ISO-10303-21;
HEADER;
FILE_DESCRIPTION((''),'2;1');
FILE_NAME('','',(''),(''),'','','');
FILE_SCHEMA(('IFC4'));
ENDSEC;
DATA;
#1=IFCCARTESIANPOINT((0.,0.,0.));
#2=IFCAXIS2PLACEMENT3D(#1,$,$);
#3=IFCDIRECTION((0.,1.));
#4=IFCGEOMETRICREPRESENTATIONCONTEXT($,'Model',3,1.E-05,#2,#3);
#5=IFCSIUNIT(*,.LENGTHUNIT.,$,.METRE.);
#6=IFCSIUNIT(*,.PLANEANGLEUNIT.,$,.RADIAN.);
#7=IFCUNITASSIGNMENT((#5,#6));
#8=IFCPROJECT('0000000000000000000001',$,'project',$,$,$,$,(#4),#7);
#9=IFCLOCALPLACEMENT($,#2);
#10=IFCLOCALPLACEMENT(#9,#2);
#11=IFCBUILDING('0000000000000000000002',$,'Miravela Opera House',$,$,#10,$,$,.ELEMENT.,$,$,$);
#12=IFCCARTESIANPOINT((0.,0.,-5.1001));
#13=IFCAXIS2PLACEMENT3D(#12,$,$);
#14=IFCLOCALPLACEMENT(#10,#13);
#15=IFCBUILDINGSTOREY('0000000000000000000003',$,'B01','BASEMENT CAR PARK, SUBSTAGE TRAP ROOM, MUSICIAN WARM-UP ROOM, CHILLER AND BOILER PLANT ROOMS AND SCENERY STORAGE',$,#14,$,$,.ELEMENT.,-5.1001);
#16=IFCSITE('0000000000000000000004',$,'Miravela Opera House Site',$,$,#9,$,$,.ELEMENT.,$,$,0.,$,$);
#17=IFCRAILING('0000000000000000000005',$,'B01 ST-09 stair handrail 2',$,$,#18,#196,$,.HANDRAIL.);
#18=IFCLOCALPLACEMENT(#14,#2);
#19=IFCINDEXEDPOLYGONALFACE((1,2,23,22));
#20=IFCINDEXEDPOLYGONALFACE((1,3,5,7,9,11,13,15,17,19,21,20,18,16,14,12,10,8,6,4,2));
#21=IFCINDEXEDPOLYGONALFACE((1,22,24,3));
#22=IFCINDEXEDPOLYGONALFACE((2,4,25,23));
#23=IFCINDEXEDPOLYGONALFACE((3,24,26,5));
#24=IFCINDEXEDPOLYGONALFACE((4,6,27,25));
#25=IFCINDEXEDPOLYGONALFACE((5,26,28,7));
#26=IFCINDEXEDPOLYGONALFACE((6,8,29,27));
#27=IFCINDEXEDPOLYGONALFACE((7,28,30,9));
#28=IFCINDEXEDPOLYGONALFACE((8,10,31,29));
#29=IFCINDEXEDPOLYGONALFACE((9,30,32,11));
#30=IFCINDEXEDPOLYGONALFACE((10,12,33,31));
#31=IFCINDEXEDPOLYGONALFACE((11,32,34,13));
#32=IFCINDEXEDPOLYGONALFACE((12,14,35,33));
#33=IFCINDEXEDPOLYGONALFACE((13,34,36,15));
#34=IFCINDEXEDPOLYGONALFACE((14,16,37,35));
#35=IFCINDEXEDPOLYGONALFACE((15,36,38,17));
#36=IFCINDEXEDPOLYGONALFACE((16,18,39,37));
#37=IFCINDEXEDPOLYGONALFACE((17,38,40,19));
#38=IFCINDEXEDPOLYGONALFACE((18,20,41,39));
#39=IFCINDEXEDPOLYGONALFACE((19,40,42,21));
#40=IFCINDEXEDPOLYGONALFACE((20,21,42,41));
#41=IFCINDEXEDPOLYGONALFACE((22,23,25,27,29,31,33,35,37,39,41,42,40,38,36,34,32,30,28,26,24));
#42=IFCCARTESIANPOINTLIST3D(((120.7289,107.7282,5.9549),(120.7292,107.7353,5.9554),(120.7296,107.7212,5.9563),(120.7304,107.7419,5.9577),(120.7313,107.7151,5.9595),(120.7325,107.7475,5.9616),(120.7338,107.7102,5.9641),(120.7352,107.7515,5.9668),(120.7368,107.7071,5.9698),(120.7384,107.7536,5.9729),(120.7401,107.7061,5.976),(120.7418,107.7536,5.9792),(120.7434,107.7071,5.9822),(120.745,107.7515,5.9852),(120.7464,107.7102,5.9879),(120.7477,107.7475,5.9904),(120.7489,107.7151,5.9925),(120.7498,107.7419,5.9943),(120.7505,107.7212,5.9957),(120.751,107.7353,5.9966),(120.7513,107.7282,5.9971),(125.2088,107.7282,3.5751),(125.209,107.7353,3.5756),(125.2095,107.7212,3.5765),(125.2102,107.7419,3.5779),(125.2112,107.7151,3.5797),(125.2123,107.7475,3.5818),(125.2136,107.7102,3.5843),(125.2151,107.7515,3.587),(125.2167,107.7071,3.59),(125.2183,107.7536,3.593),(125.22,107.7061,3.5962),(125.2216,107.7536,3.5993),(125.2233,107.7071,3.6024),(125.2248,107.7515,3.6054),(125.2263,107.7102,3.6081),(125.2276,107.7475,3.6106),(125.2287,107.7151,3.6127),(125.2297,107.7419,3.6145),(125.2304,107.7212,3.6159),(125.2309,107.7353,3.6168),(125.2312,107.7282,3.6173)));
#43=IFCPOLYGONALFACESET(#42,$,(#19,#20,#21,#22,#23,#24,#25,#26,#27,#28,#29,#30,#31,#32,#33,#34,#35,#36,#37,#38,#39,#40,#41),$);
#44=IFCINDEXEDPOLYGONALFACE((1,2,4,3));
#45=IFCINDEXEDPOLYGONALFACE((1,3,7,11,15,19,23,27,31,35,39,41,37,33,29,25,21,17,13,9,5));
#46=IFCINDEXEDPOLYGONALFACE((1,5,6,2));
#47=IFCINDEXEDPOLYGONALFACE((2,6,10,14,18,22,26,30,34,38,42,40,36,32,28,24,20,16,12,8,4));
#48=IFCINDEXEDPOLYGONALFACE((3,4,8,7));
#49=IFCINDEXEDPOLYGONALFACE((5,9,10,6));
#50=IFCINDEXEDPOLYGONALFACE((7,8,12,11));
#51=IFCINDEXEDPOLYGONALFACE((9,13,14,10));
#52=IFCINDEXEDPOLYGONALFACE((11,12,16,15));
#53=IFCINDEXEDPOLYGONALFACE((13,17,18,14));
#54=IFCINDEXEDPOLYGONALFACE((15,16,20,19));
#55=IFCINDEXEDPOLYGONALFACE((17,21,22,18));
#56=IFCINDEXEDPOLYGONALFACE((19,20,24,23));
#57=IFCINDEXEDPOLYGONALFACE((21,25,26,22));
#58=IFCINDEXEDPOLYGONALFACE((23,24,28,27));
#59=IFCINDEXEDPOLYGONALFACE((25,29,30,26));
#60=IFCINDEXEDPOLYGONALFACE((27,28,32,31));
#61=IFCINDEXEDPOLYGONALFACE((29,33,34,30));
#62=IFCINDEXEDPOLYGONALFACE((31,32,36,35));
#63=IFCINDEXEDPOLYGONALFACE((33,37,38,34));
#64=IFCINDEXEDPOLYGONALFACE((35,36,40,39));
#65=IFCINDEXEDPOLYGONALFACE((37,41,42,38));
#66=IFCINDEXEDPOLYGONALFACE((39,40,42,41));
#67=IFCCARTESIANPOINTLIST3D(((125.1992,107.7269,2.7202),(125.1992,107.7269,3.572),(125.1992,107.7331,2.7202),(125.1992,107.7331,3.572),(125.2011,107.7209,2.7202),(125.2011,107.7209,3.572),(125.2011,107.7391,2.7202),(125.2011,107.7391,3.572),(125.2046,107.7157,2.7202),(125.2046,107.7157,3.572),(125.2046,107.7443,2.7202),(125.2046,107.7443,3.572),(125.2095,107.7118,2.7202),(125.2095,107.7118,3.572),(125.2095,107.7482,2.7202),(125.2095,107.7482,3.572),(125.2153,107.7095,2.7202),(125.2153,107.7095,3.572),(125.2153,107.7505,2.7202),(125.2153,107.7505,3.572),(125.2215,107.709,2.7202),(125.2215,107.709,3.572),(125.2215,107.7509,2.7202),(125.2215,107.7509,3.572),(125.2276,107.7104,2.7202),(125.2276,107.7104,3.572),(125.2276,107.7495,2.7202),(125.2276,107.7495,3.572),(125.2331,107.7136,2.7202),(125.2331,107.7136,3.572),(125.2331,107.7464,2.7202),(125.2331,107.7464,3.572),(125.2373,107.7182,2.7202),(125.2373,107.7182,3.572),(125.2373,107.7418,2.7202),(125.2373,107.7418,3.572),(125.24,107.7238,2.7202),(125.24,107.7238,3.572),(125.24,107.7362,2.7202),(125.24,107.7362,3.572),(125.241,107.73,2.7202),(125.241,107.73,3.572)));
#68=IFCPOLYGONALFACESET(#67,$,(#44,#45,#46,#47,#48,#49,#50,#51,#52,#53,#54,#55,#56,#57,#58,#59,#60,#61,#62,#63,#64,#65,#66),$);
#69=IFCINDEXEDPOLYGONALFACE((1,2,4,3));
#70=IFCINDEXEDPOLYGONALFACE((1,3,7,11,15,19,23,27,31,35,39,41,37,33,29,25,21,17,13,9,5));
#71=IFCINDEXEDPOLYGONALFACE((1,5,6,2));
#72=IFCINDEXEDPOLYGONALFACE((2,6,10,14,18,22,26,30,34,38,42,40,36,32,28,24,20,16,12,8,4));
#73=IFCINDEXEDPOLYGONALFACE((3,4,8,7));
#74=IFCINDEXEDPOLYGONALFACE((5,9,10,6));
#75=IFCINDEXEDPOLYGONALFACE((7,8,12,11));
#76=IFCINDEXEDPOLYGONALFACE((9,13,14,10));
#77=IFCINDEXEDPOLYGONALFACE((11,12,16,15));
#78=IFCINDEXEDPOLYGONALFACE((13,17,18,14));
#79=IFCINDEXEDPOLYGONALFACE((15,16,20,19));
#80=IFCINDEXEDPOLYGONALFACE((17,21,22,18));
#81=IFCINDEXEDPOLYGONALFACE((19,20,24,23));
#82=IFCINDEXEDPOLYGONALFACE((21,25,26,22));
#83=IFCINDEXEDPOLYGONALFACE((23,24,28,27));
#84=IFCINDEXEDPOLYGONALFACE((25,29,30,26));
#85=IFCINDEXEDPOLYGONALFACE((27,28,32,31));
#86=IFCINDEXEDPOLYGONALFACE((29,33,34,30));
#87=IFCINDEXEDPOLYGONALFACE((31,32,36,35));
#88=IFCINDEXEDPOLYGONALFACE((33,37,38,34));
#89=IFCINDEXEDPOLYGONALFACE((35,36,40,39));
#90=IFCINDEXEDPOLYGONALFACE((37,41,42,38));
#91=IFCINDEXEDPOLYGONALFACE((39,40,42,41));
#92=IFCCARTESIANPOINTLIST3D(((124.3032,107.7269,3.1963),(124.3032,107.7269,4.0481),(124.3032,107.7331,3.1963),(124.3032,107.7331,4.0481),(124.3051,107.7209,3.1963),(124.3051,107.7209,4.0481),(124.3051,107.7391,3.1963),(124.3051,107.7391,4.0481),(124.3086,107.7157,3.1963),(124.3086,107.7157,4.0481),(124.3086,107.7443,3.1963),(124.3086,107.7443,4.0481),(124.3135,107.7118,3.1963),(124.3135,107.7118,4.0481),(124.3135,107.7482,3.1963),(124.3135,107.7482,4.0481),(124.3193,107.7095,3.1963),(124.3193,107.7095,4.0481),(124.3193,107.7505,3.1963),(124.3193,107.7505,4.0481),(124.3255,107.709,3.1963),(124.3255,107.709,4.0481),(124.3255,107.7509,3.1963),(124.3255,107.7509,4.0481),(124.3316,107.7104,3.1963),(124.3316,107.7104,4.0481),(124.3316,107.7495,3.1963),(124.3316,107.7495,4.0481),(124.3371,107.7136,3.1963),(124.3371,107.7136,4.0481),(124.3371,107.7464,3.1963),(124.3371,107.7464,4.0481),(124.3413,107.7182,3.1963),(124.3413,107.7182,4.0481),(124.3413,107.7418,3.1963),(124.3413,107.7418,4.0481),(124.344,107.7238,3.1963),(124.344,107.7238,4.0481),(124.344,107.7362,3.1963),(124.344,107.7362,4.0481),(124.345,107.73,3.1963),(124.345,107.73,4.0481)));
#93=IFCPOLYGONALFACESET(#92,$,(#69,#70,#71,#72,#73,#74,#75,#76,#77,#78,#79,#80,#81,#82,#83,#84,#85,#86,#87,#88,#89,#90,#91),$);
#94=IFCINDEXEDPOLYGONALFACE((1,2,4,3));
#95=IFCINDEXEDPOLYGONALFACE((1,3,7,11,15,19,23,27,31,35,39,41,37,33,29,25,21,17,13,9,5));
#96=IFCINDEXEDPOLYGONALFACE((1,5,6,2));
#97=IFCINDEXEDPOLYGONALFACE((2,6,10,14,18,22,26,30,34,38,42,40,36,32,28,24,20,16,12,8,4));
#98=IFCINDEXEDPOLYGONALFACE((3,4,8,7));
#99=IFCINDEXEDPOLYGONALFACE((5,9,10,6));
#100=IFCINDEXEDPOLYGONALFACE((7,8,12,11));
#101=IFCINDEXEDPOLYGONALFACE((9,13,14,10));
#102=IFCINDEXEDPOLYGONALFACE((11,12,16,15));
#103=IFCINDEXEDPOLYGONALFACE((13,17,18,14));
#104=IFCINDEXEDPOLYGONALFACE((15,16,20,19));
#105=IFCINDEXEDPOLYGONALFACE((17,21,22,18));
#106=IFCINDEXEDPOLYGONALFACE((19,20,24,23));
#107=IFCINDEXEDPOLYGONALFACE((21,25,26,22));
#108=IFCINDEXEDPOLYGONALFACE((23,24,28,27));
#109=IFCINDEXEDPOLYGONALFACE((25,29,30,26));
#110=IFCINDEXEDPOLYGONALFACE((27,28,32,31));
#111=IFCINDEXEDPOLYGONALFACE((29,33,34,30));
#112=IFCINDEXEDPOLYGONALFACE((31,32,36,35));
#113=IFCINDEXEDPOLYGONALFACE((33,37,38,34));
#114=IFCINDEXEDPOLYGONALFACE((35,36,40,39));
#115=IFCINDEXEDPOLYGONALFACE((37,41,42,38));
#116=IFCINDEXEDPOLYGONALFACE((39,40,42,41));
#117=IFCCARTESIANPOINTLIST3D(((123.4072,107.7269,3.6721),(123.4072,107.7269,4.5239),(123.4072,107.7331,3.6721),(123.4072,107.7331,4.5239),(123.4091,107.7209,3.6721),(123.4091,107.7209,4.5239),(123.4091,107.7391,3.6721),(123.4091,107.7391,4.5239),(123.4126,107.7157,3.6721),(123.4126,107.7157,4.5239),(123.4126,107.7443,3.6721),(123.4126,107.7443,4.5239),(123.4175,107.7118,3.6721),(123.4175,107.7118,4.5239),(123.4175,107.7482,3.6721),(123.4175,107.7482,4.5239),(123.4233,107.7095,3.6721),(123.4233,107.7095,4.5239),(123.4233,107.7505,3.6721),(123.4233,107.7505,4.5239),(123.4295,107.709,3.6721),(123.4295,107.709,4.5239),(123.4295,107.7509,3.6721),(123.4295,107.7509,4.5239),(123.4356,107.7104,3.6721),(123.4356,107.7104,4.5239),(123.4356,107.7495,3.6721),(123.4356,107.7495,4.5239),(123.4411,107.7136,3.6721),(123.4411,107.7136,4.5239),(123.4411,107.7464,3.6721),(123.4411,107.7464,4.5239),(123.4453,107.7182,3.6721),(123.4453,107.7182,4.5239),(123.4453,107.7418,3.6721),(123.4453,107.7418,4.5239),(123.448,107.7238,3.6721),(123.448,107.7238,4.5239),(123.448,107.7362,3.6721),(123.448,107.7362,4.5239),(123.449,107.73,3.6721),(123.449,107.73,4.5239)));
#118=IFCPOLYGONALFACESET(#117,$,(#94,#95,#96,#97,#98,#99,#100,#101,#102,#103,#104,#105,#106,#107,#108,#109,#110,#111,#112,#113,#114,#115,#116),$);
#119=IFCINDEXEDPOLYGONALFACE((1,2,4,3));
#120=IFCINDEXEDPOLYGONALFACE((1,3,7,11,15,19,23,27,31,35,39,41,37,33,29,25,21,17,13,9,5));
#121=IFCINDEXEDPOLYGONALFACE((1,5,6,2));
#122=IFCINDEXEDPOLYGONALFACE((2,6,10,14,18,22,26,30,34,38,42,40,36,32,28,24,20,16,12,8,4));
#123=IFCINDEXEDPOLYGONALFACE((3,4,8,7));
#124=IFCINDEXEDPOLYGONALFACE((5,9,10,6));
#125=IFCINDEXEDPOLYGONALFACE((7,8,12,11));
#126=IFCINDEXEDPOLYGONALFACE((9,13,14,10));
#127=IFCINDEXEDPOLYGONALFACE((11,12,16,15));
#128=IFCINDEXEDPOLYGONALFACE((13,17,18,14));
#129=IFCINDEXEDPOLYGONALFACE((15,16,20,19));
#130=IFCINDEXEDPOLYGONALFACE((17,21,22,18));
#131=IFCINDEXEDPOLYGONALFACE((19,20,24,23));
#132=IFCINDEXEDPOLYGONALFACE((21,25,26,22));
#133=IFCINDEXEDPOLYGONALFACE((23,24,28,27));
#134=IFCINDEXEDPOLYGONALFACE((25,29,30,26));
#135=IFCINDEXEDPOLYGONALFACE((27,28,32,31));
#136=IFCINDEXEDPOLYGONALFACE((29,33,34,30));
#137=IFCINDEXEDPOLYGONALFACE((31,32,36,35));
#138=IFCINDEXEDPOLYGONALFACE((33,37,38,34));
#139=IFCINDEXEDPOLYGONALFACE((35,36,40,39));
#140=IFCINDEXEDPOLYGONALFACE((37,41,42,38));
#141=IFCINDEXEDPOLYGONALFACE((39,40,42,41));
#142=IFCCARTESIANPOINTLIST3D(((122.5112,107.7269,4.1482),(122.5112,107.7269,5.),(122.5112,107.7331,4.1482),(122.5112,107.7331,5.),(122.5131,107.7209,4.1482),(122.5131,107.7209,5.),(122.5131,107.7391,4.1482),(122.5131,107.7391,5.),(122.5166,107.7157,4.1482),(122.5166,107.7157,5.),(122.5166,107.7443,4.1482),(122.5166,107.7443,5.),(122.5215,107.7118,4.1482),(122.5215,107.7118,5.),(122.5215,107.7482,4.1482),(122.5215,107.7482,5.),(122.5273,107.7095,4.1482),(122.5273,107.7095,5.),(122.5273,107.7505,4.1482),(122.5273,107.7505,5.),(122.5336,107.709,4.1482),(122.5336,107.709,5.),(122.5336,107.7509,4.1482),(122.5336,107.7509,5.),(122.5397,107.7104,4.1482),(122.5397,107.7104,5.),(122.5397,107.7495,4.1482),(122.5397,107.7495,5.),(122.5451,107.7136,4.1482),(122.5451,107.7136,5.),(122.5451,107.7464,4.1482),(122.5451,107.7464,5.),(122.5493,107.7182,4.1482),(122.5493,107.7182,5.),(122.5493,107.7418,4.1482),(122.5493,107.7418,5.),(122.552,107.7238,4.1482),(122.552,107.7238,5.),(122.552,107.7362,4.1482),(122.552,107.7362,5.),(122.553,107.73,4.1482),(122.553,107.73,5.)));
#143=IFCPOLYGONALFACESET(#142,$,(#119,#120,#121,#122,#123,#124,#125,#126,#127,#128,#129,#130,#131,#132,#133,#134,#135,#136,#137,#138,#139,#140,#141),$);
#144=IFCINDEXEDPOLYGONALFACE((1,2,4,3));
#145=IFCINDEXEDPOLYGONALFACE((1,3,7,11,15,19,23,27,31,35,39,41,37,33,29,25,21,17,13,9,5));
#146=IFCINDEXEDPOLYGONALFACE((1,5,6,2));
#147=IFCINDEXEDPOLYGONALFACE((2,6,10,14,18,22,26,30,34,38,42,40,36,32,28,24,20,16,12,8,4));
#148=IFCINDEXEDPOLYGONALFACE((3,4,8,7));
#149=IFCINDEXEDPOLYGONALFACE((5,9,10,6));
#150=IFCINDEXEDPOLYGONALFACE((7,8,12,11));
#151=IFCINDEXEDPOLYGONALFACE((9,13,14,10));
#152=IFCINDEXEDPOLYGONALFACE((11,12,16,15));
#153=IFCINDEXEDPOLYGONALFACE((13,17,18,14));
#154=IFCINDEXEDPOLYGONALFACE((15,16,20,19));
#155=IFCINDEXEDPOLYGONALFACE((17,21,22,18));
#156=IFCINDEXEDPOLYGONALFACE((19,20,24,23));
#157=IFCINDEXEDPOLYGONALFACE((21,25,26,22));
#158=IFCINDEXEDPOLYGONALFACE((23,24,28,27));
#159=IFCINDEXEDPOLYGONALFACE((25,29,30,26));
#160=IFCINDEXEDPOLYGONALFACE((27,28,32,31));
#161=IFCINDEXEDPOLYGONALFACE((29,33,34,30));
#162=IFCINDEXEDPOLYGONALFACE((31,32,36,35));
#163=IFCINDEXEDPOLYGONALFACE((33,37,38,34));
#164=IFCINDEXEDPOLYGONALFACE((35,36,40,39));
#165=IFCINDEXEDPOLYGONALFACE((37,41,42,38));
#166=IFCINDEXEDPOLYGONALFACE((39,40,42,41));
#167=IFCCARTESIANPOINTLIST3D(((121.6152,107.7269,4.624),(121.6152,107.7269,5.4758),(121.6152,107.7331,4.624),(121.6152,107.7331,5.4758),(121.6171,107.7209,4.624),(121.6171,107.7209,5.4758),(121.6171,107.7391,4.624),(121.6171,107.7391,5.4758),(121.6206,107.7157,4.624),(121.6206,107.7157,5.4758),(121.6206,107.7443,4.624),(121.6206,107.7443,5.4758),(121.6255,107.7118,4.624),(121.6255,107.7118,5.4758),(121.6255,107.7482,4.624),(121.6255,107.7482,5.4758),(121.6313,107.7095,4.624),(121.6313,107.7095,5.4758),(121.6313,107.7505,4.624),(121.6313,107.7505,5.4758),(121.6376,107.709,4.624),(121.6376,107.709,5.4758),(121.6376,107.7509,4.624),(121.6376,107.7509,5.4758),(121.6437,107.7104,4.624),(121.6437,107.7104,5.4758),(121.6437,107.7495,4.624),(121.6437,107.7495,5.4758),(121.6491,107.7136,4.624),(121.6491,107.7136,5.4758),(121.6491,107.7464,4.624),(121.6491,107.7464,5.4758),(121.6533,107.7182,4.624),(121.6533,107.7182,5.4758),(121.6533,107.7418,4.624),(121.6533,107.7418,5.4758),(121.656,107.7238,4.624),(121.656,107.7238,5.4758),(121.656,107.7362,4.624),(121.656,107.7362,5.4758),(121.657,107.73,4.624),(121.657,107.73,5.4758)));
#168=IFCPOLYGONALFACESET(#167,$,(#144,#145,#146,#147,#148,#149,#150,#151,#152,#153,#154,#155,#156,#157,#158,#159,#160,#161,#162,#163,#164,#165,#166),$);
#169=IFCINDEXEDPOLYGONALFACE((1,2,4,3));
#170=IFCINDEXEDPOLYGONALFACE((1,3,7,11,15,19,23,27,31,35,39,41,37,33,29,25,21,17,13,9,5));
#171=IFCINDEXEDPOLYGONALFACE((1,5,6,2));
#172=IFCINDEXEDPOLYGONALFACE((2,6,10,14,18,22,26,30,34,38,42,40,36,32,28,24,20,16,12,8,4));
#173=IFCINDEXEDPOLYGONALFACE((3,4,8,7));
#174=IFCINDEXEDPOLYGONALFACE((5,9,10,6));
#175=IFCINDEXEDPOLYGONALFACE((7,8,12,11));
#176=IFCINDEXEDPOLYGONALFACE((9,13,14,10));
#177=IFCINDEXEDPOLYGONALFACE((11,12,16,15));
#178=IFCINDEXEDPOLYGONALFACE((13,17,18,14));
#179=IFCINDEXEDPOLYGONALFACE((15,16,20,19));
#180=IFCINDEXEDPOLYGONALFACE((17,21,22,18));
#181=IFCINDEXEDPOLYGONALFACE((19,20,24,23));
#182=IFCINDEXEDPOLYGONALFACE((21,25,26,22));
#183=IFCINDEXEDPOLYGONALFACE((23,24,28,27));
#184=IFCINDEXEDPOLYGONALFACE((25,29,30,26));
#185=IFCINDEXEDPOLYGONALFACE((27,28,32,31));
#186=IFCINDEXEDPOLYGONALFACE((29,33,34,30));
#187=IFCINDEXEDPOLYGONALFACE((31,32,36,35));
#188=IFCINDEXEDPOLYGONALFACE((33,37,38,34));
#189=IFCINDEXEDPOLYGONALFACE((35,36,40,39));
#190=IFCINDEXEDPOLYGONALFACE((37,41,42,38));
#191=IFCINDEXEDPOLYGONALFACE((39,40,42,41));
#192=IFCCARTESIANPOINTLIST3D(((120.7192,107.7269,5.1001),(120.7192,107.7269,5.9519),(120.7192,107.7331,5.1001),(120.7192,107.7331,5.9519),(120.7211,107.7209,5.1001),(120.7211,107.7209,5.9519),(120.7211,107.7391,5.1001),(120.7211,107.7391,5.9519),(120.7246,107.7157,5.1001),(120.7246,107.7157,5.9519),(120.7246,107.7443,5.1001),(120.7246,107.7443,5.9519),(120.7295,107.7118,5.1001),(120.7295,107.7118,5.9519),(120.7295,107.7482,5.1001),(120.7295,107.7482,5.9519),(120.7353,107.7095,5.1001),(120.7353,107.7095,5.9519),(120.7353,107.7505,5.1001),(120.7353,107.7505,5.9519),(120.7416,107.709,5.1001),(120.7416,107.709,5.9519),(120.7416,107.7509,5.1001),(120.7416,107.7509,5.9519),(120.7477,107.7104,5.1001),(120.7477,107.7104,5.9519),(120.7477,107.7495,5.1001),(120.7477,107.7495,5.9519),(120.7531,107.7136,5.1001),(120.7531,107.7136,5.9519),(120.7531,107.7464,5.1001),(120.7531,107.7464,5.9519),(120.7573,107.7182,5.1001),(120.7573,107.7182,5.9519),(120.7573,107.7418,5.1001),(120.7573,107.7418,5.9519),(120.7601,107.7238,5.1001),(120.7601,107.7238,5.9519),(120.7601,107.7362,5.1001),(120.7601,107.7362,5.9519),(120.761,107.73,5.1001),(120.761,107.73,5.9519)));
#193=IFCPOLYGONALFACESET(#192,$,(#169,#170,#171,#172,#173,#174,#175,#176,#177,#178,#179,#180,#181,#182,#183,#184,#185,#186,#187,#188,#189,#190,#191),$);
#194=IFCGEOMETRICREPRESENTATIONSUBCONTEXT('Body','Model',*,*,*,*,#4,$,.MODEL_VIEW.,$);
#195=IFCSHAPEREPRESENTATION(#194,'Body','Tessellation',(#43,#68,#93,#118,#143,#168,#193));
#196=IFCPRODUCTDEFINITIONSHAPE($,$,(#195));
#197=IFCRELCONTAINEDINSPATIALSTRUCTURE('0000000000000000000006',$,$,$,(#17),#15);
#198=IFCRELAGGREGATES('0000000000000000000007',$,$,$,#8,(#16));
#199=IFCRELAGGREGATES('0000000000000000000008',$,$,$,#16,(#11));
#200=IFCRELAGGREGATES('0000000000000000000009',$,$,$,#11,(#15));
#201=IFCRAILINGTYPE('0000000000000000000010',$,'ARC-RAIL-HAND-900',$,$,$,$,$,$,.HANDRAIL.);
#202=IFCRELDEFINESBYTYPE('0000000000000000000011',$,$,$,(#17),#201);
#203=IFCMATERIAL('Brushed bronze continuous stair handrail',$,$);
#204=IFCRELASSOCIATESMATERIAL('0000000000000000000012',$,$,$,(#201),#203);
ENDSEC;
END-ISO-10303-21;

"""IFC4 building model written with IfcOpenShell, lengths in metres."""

from ifc_helpers import new_model, si_unit, direction, frame, origin, origin_2d, place, context, subcontext, project, spatial, circle, extrude, material, type_object, element, save


model = new_model("IFC4")

# Units and contexts
model_context = context("Model", 3, precision=1e-05, world=origin(), true_north=direction((0.0, 1.0)))
body_context = subcontext(model_context, "Body", "Model", "MODEL_VIEW")
ifc_project = project(units=[si_unit("LENGTHUNIT", "METRE"), si_unit("PLANEANGLEUNIT", "RADIAN")], contexts=[model_context])

# Site, building, storey
site_placement = place(None, origin())
site = spatial("IfcSite", under=ifc_project, at=site_placement, Name="Miravela Opera House Site", CompositionType="ELEMENT", RefElevation=0.0)
building_placement = place(site_placement, origin())
building = spatial("IfcBuilding", under=site, at=building_placement, Name="Miravela Opera House", CompositionType="ELEMENT")
storey_placement = place(building_placement, frame((0.0, 0.0, -5.1001)))
storey = spatial("IfcBuildingStorey", under=building, at=storey_placement, Name="B01", Description="BASEMENT CAR PARK, SUBSTAGE TRAP ROOM, MUSICIAN WARM-UP ROOM, CHILLER AND BOILER PLANT ROOMS AND SCENERY STORAGE", CompositionType="ELEMENT", Elevation=-5.1001)

# Railing
ifc_material_1 = material(Name="Brushed bronze continuous stair handrail")
railing_type_1 = type_object("IfcRailingType", Name="ARC-RAIL-HAND-900", PredefinedType="HANDRAIL", material=ifc_material_1)
railing_1_placement = place(storey_placement, frame((125.22, 107.73, 2.7202)))
element("IfcRailing", 1, at=railing_1_placement, inside=storey, type_object=railing_type_1, Name="B01 ST-09 stair handrail 2", PredefinedType="HANDRAIL", context=body_context, shape_type="SweptSolid", body=[
    extrude(circle(Radius=0.0239, at=origin_2d()), frame((0.0, 0.0, 0.876), z_axis=(-0.883124, 0.0, 0.469139), x_axis=(0.0, -1.0, 0.0)), (0.0, 0.0, 1.0), 5.0728),
    extrude(circle(Radius=0.021, at=origin_2d()), origin(), (0.0, 0.0, 1.0), 0.8518),
    extrude(circle(Radius=0.021, at=origin_2d()), frame((-0.896, 0.0, 0.4761)), (0.0, 0.0, 1.0), 0.8518),
    extrude(circle(Radius=0.021, at=origin_2d()), frame((-1.792, 0.0, 0.9519)), (0.0, 0.0, 1.0), 0.8518),
    extrude(circle(Radius=0.021, at=origin_2d()), frame((-2.688, 0.0, 1.428)), (0.0, 0.0, 1.0), 0.8518),
    extrude(circle(Radius=0.021, at=origin_2d()), frame((-3.584, 0.0, 1.9038)), (0.0, 0.0, 1.0), 0.8518),
    extrude(circle(Radius=0.021, at=origin_2d()), frame((-4.48, 0.0, 2.3799)), (0.0, 0.0, 1.0), 0.8518),
])

save(model, "model.ifc")
